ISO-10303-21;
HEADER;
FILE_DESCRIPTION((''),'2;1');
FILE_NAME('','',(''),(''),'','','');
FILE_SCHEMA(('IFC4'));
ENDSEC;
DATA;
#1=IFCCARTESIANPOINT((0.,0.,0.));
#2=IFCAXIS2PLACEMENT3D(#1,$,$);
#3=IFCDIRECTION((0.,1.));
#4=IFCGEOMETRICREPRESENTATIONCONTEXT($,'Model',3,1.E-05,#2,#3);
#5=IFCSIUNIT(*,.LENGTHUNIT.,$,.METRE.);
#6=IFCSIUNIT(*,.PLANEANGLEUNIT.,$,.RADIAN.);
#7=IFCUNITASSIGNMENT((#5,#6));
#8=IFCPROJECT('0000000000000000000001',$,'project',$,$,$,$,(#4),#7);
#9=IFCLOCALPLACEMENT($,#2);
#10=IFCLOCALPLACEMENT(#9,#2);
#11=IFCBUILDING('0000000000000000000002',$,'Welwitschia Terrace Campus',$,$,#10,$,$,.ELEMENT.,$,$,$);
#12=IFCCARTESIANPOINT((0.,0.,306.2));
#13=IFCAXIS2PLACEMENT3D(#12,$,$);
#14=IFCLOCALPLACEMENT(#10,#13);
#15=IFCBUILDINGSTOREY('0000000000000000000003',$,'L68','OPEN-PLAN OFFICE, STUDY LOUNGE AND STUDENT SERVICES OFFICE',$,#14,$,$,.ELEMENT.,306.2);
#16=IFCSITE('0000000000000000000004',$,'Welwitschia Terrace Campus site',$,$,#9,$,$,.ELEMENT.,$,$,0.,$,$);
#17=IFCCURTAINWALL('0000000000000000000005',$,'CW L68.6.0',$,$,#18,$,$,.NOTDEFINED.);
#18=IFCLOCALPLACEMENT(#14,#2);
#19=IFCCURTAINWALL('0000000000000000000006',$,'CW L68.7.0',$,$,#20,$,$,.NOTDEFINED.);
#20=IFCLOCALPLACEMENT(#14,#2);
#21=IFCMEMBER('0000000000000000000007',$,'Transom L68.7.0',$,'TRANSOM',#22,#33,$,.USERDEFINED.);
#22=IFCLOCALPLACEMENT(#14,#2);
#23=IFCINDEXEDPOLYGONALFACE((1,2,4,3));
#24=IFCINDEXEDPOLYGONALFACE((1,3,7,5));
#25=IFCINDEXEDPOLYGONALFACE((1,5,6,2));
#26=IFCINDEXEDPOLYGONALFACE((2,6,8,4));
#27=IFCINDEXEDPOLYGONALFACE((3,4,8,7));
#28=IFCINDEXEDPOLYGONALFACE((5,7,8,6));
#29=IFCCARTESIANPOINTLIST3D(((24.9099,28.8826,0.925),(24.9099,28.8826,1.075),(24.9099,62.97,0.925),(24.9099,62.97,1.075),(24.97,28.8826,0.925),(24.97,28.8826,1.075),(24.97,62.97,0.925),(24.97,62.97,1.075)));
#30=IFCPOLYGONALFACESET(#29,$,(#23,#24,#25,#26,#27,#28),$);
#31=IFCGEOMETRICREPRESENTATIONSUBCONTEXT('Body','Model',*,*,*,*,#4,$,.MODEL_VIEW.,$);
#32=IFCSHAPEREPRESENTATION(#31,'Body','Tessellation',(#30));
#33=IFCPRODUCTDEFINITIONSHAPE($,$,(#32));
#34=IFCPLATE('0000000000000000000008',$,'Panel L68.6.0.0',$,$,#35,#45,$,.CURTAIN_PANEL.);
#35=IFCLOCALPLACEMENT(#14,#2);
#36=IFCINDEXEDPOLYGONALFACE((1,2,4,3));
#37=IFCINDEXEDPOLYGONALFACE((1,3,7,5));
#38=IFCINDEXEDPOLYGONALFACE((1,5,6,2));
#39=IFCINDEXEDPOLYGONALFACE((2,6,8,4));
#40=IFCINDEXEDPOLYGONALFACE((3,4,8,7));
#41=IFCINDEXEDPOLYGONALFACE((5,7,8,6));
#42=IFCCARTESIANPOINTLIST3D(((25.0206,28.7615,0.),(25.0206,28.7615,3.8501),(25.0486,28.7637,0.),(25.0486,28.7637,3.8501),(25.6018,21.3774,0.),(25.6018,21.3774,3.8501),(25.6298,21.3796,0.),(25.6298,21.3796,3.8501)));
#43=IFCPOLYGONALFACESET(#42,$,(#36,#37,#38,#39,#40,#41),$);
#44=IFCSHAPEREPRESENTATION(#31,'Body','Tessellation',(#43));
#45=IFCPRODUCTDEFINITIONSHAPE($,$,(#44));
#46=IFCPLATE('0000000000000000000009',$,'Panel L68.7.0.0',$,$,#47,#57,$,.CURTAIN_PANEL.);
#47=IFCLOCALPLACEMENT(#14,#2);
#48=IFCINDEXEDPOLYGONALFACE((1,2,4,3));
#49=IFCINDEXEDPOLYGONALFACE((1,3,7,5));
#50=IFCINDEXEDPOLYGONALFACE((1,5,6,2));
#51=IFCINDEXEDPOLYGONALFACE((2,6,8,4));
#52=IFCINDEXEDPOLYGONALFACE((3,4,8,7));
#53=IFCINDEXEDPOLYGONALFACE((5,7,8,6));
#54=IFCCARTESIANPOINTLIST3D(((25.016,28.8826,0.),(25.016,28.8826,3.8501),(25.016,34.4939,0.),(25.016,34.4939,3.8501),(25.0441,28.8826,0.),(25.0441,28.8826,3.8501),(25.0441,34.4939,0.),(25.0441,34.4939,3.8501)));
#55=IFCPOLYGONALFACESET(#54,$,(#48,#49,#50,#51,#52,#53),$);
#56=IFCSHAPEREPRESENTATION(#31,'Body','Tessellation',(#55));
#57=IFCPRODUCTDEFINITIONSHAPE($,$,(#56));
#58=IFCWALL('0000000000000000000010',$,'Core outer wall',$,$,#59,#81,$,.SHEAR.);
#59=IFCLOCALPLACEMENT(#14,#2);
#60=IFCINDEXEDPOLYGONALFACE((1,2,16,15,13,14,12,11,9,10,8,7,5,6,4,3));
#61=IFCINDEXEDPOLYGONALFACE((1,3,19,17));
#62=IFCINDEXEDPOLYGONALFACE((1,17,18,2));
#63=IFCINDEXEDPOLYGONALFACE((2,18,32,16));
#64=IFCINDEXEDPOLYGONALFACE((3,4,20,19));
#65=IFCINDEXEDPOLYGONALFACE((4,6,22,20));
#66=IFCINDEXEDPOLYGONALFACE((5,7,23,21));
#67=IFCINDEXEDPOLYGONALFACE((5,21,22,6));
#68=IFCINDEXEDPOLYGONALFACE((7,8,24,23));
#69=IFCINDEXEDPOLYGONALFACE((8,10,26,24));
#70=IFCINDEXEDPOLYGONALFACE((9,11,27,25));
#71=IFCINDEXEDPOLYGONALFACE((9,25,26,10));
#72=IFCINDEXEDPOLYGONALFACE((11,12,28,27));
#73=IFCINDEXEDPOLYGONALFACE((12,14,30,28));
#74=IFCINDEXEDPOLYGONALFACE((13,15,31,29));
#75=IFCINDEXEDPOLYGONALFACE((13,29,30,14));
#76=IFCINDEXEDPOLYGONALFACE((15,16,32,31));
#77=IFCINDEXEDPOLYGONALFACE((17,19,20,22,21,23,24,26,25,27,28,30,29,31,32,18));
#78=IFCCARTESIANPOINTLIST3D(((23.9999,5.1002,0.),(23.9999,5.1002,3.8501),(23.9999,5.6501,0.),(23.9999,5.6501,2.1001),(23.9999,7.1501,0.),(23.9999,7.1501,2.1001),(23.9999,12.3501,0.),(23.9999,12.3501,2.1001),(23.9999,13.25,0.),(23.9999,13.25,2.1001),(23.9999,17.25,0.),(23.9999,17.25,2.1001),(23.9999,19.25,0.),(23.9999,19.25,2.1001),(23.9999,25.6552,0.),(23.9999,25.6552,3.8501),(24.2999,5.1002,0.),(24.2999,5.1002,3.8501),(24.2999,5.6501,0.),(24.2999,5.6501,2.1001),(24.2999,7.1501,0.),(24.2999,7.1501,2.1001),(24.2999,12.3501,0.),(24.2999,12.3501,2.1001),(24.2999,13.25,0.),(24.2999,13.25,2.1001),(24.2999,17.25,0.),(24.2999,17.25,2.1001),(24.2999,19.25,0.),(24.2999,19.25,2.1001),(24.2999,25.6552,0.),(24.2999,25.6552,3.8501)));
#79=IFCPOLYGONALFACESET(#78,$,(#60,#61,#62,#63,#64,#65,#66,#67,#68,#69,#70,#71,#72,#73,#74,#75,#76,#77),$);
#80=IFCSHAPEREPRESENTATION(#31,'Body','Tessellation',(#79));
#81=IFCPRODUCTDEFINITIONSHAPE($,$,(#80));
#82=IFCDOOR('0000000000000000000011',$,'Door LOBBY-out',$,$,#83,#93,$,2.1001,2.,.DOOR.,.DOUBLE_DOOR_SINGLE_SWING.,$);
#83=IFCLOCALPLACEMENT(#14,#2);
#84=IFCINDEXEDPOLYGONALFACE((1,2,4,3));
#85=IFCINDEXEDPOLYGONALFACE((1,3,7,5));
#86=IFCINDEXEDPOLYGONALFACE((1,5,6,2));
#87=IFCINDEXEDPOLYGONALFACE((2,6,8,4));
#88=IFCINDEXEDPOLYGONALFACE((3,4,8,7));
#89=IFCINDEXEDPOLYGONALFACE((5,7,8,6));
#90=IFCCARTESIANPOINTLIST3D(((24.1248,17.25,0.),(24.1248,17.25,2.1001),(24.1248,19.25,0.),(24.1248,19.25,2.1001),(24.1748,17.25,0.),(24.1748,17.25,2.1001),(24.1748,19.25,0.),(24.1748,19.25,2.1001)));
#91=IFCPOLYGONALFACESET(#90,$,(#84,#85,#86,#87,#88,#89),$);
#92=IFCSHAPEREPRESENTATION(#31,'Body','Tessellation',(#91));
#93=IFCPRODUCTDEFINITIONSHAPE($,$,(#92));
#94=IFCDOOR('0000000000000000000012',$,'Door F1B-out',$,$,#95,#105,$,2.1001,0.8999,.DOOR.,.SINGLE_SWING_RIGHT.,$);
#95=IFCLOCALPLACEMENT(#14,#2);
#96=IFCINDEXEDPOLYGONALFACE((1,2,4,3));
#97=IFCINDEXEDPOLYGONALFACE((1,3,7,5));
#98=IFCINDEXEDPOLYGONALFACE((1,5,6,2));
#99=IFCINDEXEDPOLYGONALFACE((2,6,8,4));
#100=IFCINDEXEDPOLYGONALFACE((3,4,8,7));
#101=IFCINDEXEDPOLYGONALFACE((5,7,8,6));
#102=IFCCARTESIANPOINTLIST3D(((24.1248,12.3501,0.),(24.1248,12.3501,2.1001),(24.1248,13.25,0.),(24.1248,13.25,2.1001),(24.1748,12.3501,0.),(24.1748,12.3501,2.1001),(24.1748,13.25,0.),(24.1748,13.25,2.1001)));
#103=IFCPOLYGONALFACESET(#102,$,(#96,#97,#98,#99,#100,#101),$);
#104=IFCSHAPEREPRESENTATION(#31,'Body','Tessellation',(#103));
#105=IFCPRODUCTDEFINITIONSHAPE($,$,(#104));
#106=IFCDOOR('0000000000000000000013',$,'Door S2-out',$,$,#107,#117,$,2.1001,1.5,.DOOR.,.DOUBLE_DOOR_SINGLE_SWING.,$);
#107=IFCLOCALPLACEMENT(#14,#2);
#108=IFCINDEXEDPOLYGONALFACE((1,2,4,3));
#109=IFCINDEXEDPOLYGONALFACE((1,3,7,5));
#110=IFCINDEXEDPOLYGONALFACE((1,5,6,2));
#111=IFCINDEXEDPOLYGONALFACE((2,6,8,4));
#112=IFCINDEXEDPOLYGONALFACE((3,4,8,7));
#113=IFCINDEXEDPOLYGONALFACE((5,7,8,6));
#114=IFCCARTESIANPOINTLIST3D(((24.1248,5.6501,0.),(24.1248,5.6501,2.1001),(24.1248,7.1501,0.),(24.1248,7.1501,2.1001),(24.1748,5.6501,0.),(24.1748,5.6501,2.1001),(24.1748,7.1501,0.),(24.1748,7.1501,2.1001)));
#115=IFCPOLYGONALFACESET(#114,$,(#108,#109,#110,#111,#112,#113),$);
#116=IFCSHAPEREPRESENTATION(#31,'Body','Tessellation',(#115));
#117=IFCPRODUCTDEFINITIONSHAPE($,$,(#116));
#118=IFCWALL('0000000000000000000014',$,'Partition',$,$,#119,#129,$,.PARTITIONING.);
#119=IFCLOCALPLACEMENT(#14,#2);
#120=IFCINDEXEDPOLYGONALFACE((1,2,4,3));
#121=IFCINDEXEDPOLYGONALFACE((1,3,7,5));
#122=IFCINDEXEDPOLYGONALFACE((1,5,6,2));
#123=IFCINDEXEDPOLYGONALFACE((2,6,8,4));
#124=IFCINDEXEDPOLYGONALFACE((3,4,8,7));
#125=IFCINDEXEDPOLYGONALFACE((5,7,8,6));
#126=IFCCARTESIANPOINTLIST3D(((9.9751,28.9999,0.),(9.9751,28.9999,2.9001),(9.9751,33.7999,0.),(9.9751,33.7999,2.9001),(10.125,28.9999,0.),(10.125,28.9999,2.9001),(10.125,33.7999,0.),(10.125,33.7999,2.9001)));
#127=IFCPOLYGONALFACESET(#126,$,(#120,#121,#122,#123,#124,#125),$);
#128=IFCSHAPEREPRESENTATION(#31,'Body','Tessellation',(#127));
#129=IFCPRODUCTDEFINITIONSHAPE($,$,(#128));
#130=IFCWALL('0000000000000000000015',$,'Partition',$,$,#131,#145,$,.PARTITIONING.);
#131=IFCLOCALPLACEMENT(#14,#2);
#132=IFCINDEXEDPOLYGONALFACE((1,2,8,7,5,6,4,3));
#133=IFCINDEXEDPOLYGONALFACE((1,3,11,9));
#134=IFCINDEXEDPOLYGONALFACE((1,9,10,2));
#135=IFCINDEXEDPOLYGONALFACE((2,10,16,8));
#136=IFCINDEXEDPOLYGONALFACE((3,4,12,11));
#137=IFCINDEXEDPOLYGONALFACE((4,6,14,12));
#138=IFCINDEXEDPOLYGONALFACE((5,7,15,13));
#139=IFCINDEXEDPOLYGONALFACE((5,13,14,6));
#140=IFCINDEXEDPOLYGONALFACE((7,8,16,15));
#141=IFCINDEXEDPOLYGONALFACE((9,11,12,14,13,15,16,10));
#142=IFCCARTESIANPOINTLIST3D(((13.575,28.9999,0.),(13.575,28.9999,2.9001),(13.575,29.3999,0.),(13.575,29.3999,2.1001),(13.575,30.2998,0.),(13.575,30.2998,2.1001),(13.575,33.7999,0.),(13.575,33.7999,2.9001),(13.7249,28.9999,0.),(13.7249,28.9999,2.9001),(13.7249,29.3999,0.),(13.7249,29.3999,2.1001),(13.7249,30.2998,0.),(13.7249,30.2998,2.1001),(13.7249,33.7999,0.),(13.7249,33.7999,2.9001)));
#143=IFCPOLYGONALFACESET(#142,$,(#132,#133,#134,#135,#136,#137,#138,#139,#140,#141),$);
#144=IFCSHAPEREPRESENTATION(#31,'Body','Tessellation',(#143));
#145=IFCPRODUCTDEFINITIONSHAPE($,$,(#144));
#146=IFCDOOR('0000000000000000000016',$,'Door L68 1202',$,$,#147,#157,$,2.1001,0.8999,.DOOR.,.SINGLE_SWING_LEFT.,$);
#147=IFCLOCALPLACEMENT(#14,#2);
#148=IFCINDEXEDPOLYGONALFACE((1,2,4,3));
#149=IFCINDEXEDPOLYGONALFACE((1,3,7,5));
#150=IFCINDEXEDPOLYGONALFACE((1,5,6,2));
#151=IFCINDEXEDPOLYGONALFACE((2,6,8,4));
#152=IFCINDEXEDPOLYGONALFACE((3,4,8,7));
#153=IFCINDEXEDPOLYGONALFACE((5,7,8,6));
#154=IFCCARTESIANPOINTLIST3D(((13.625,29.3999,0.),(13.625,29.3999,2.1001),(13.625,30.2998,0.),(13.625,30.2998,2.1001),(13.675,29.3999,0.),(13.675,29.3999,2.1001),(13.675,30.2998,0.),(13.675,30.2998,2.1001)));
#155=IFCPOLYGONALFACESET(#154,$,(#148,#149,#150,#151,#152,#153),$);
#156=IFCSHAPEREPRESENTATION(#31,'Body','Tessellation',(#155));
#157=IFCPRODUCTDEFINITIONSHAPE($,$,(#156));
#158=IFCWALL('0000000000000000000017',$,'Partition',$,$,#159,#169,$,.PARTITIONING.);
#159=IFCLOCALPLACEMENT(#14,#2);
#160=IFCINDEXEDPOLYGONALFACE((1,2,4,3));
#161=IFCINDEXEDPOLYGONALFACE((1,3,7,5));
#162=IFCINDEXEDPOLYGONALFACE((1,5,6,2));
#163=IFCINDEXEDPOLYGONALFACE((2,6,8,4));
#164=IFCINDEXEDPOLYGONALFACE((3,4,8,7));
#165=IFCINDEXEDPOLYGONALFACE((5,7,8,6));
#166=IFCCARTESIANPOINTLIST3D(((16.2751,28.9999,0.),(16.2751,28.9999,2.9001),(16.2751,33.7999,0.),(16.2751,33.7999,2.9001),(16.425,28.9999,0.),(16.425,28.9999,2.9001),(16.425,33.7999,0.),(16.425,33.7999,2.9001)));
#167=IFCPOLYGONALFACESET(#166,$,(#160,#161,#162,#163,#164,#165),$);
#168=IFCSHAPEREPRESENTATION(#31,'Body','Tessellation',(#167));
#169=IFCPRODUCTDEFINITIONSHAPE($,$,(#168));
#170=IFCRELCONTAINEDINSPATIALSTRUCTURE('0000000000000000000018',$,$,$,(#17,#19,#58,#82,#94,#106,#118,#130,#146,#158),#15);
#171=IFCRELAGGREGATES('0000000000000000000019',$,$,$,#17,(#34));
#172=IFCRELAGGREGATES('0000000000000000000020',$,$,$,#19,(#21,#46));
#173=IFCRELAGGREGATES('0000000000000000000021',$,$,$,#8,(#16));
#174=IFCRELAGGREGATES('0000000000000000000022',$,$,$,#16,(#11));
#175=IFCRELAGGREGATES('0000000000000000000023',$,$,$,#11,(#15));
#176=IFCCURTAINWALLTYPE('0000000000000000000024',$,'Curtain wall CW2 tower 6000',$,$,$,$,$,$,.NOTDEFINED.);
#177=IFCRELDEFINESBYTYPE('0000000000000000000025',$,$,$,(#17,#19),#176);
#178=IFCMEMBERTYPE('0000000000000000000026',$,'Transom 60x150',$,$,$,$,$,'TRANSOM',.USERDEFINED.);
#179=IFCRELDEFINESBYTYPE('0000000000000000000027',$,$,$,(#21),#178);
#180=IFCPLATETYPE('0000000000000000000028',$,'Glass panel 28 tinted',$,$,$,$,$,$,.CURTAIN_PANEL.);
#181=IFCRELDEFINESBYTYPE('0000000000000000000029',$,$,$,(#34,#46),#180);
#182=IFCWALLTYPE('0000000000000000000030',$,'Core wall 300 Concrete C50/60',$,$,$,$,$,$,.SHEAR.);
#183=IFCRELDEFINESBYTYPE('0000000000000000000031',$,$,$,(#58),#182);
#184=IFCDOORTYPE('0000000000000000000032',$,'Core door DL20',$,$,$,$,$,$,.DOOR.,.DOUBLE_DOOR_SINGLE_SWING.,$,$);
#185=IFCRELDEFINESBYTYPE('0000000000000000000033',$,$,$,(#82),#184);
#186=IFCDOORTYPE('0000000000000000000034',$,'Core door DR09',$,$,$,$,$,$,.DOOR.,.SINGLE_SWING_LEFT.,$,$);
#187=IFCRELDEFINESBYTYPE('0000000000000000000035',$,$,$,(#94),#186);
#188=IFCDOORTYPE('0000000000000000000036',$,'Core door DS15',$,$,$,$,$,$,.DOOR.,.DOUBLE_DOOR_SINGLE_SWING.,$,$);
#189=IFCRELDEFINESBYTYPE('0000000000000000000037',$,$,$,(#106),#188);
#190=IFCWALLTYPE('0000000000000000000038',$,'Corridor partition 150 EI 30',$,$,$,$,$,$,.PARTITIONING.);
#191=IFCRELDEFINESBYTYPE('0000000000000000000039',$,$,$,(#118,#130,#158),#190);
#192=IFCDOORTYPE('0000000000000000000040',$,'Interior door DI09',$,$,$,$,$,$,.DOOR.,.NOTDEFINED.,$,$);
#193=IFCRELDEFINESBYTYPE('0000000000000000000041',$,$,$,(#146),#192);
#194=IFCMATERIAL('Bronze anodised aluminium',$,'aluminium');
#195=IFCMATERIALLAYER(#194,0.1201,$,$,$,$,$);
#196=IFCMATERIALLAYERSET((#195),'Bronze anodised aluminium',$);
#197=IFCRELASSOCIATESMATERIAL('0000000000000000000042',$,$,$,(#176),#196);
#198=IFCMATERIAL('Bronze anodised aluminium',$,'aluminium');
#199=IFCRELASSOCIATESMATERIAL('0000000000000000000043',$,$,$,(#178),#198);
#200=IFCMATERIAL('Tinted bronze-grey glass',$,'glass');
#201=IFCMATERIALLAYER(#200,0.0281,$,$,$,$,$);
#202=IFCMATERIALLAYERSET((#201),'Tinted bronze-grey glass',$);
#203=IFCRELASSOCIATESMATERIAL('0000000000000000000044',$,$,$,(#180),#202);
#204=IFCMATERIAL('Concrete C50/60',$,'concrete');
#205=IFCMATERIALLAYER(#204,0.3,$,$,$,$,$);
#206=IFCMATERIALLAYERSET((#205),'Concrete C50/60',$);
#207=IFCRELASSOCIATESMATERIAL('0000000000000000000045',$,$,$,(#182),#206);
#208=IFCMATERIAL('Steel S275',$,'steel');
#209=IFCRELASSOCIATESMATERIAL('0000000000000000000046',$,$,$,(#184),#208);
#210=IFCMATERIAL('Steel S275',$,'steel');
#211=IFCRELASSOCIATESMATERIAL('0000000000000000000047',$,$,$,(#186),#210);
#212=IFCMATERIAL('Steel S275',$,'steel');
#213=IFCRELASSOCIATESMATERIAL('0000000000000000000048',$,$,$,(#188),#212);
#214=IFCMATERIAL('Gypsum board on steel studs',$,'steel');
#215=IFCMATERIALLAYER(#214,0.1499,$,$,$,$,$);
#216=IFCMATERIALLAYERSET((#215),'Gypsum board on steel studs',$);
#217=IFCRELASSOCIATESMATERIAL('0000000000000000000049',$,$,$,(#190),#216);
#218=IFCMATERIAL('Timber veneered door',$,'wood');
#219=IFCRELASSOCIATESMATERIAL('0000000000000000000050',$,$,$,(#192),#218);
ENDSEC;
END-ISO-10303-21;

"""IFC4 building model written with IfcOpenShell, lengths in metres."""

from ifc_helpers import new_model, si_unit, direction, frame, frame_2d, origin, origin_2d, place, context, subcontext, project, spatial, rectangle, extrude, material, layer, layer_set, material_profile, profile_set, type_object, element, fill, aggregate, save


model = new_model("IFC4")

# Units and contexts
model_context = context("Model", 3, precision=1e-05, world=origin(), true_north=direction((0.0, 1.0)))
body_context = subcontext(model_context, "Body", "Model", "MODEL_VIEW")
ifc_project = project(units=[si_unit("LENGTHUNIT", "METRE"), si_unit("PLANEANGLEUNIT", "RADIAN")], contexts=[model_context])

# Site, building, storey
site_placement = place(None, origin())
site = spatial("IfcSite", under=ifc_project, at=site_placement, Name="Welwitschia Terrace Campus site", CompositionType="ELEMENT", RefElevation=0.0)
building_placement = place(site_placement, origin())
building = spatial("IfcBuilding", under=site, at=building_placement, Name="Welwitschia Terrace Campus", CompositionType="ELEMENT")
storey_placement = place(building_placement, frame((0.0, 0.0, 306.2)))
storey = spatial("IfcBuildingStorey", under=building, at=storey_placement, Name="L68", Description="OPEN-PLAN OFFICE, STUDY LOUNGE AND STUDENT SERVICES OFFICE", CompositionType="ELEMENT", Elevation=306.2)

# Curtain walls
ifc_material_1 = material(Name="Bronze anodised aluminium", Category="aluminium")
ifc_layer_1 = layer(ifc_material_1, 0.1201)
ifc_layer_set_1 = layer_set([ifc_layer_1], Name="Bronze anodised aluminium")
curtain_wall_type = type_object("IfcCurtainWallType", Name="Curtain wall CW2 tower 6000", PredefinedType="NOTDEFINED", material=ifc_layer_set_1)
curtain_wall_1_placement = place(storey_placement, origin())
curtain_wall_1 = element("IfcCurtainWall", 1, at=curtain_wall_1_placement, inside=storey, type_object=curtain_wall_type, Name="CW L68.6.0", PredefinedType="NOTDEFINED")
curtain_wall_2_placement = place(storey_placement, origin())
curtain_wall_2 = element("IfcCurtainWall", 2, at=curtain_wall_2_placement, inside=storey, type_object=curtain_wall_type, Name="CW L68.7.0", PredefinedType="NOTDEFINED")

# Member
ifc_material_2 = material(Name="Bronze anodised aluminium", Category="aluminium")
ifc_material_profile_1 = material_profile(ifc_material_2, rectangle(XDim=0.0601, YDim=0.1499, at=origin_2d()))
ifc_profile_set_1 = profile_set([ifc_material_profile_1], Name="Bronze anodised aluminium")
member_type_1 = type_object("IfcMemberType", Name="Transom 60x150", ElementType="TRANSOM", PredefinedType="USERDEFINED", material=ifc_profile_set_1)
member_1_placement = place(storey_placement, frame((24.9399, 28.8826, 1.0), z_axis=(0.0, 1.0, 0.0), x_axis=(-1.0, 0.0, 0.0)))
member_1 = element("IfcMember", 3, at=member_1_placement, type_object=member_type_1, Name="Transom L68.7.0", ObjectType="TRANSOM", PredefinedType="USERDEFINED", context=body_context, shape_type="SweptSolid", body=[
    extrude(rectangle(XDim=0.0601, YDim=0.1499, at=origin_2d()), origin(), (0.0, 0.0, 1.0), 34.0874),
])

# Plates
ifc_material_3 = material(Name="Tinted bronze-grey glass", Category="glass")
ifc_layer_2 = layer(ifc_material_3, 0.0281)
ifc_layer_set_2 = layer_set([ifc_layer_2], Name="Tinted bronze-grey glass")
plate_type = type_object("IfcPlateType", Name="Glass panel 28 tinted", PredefinedType="CURTAIN_PANEL", material=ifc_layer_set_2)
plate_1_placement = place(storey_placement, frame((25.3252, 25.0706, 0.0), z_axis=(0.0, 0.0, 1.0), x_axis=(-0.078459, 0.996917, 0.0)))
plate_1 = element("IfcPlate", 4, at=plate_1_placement, type_object=plate_type, Name="Panel L68.6.0.0", PredefinedType="CURTAIN_PANEL", context=body_context, shape_type="SweptSolid", body=[
    extrude(rectangle(XDim=7.407, YDim=0.0281, at=origin_2d()), origin(), (0.0, 0.0, 1.0), 3.8501),
])
aggregate(curtain_wall_1, [plate_1])
plate_2_placement = place(storey_placement, frame((25.03, 31.6882, 0.0), z_axis=(0.0, 0.0, 1.0), x_axis=(0.0, 1.0, 0.0)))
plate_2 = element("IfcPlate", 5, at=plate_2_placement, type_object=plate_type, Name="Panel L68.7.0.0", PredefinedType="CURTAIN_PANEL", context=body_context, shape_type="SweptSolid", body=[
    extrude(rectangle(XDim=5.6113, YDim=0.0281, at=origin_2d()), origin(), (0.0, 0.0, 1.0), 3.8501),
])
aggregate(curtain_wall_2, [member_1, plate_2])

# Wall, openings, doors
ifc_material_4 = material(Name="Concrete C50/60", Category="concrete")
ifc_layer_3 = layer(ifc_material_4, 0.3)
ifc_layer_set_3 = layer_set([ifc_layer_3], Name="Concrete C50/60")
wall_type_1 = type_object("IfcWallType", Name="Core wall 300 Concrete C50/60", PredefinedType="SHEAR", material=ifc_layer_set_3)
wall_1_placement = place(storey_placement, frame((24.1499, 25.655, 0.0), z_axis=(0.0, 0.0, 1.0), x_axis=(0.0, -1.0, 0.0)))
wall_1 = element("IfcWall", 6, at=wall_1_placement, inside=storey, type_object=wall_type_1, Name="Core outer wall", PredefinedType="SHEAR", context=body_context, shape_type="SweptSolid", body=[
    extrude(rectangle(XDim=20.5549, YDim=0.3, at=frame_2d((10.2773, 0.0))), origin(), (0.0, 0.0, 1.0), 3.8501),
])
opening_1_placement = place(wall_1_placement, frame((18.5049, 0.0, 0.0)))
opening_1 = element("IfcOpeningElement", 7, at=opening_1_placement, cuts=wall_1, PredefinedType="OPENING", context=body_context, shape_type="SweptSolid", body=[
    extrude(rectangle(XDim=1.5, YDim=2.1001, at=frame_2d((0.75, 1.05))), frame((0.0, 0.1599, 0.0), z_axis=(0.0, -1.0, 0.0), x_axis=(1.0, 0.0, 0.0)), (0.0, 0.0, 1.0), 0.3201),
])
opening_2_placement = place(wall_1_placement, frame((12.405, 0.0, 0.0)))
opening_2 = element("IfcOpeningElement", 8, at=opening_2_placement, cuts=wall_1, PredefinedType="OPENING", context=body_context, shape_type="SweptSolid", body=[
    extrude(rectangle(XDim=0.8999, YDim=2.1001, at=frame_2d((0.45, 1.05))), frame((0.0, 0.1599, 0.0), z_axis=(0.0, -1.0, 0.0), x_axis=(1.0, 0.0, 0.0)), (0.0, 0.0, 1.0), 0.3201),
])
opening_3_placement = place(wall_1_placement, frame((6.405, 0.0, 0.0)))
opening_3 = element("IfcOpeningElement", 9, at=opening_3_placement, cuts=wall_1, PredefinedType="OPENING", context=body_context, shape_type="SweptSolid", body=[
    extrude(rectangle(XDim=2.0, YDim=2.1001, at=frame_2d((1.0, 1.05))), frame((0.0, 0.1599, 0.0), z_axis=(0.0, -1.0, 0.0), x_axis=(1.0, 0.0, 0.0)), (0.0, 0.0, 1.0), 0.3201),
])
ifc_material_5 = material(Name="Steel S275", Category="steel")
door_type_1 = type_object("IfcDoorType", Name="Core door DL20", OperationType="DOUBLE_DOOR_SINGLE_SWING", PredefinedType="DOOR", material=ifc_material_5)
door_1_placement = place(opening_3_placement, origin())
door_1 = element("IfcDoor", 10, at=door_1_placement, inside=storey, type_object=door_type_1, Name="Door LOBBY-out", OperationType="DOUBLE_DOOR_SINGLE_SWING", OverallHeight=2.1001, OverallWidth=2.0, PredefinedType="DOOR", context=body_context, shape_type="SweptSolid", body=[
    extrude(rectangle(XDim=2.0, YDim=2.1001, at=frame_2d((1.0, 1.05))), frame((0.0, 0.0249, 0.0), z_axis=(0.0, -1.0, 0.0), x_axis=(1.0, 0.0, 0.0)), (0.0, 0.0, 1.0), 0.05),
])
fill(opening_3, door_1)
ifc_material_6 = material(Name="Steel S275", Category="steel")
door_type_2 = type_object("IfcDoorType", Name="Core door DR09", OperationType="SINGLE_SWING_LEFT", PredefinedType="DOOR", material=ifc_material_6)
door_2_placement = place(opening_2_placement, origin())
door_2 = element("IfcDoor", 11, at=door_2_placement, inside=storey, type_object=door_type_2, Name="Door F1B-out", OperationType="SINGLE_SWING_RIGHT", OverallHeight=2.1001, OverallWidth=0.8999, PredefinedType="DOOR", context=body_context, shape_type="SweptSolid", body=[
    extrude(rectangle(XDim=0.8999, YDim=2.1001, at=frame_2d((0.45, 1.05))), frame((0.0, 0.0249, 0.0), z_axis=(0.0, -1.0, 0.0), x_axis=(1.0, 0.0, 0.0)), (0.0, 0.0, 1.0), 0.05),
])
fill(opening_2, door_2)
ifc_material_7 = material(Name="Steel S275", Category="steel")
door_type_3 = type_object("IfcDoorType", Name="Core door DS15", OperationType="DOUBLE_DOOR_SINGLE_SWING", PredefinedType="DOOR", material=ifc_material_7)
door_3_placement = place(opening_1_placement, origin())
door_3 = element("IfcDoor", 12, at=door_3_placement, inside=storey, type_object=door_type_3, Name="Door S2-out", OperationType="DOUBLE_DOOR_SINGLE_SWING", OverallHeight=2.1001, OverallWidth=1.5, PredefinedType="DOOR", context=body_context, shape_type="SweptSolid", body=[
    extrude(rectangle(XDim=1.5, YDim=2.1001, at=frame_2d((0.75, 1.05))), frame((0.0, 0.0249, 0.0), z_axis=(0.0, -1.0, 0.0), x_axis=(1.0, 0.0, 0.0)), (0.0, 0.0, 1.0), 0.05),
])
fill(opening_1, door_3)

# Wall
ifc_material_8 = material(Name="Gypsum board on steel studs", Category="steel")
ifc_layer_4 = layer(ifc_material_8, 0.1499)
ifc_layer_set_4 = layer_set([ifc_layer_4], Name="Gypsum board on steel studs")
wall_type_2 = type_object("IfcWallType", Name="Corridor partition 150 EI 30", PredefinedType="PARTITIONING", material=ifc_layer_set_4)
wall_2_placement = place(storey_placement, frame((10.05, 29.0, 0.0), z_axis=(0.0, 0.0, 1.0), x_axis=(0.0, 1.0, 0.0)))
element("IfcWall", 13, at=wall_2_placement, inside=storey, type_object=wall_type_2, Name="Partition", PredefinedType="PARTITIONING", context=body_context, shape_type="SweptSolid", body=[
    extrude(rectangle(XDim=4.8, YDim=0.1499, at=frame_2d((2.3999, 0.0))), origin(), (0.0, 0.0, 1.0), 2.9001),
])

# Wall, opening, door
wall_3_placement = place(storey_placement, frame((13.6499, 29.0, 0.0), z_axis=(0.0, 0.0, 1.0), x_axis=(0.0, 1.0, 0.0)))
wall_3 = element("IfcWall", 14, at=wall_3_placement, inside=storey, type_object=wall_type_2, Name="Partition", PredefinedType="PARTITIONING", context=body_context, shape_type="SweptSolid", body=[
    extrude(rectangle(XDim=4.8, YDim=0.1499, at=frame_2d((2.3999, 0.0))), origin(), (0.0, 0.0, 1.0), 2.9001),
])
opening_4_placement = place(wall_3_placement, frame((0.3999, 0.0, 0.0)))
opening_4 = element("IfcOpeningElement", 15, at=opening_4_placement, cuts=wall_3, PredefinedType="OPENING", context=body_context, shape_type="SweptSolid", body=[
    extrude(rectangle(XDim=0.8999, YDim=2.1001, at=frame_2d((0.45, 1.05))), frame((0.0, 0.085, 0.0), z_axis=(0.0, -1.0, 0.0), x_axis=(1.0, 0.0, 0.0)), (0.0, 0.0, 1.0), 0.1699),
])
ifc_material_9 = material(Name="Timber veneered door", Category="wood")
door_type_4 = type_object("IfcDoorType", Name="Interior door DI09", OperationType="NOTDEFINED", PredefinedType="DOOR", material=ifc_material_9)
door_4_placement = place(opening_4_placement, origin())
door_4 = element("IfcDoor", 16, at=door_4_placement, inside=storey, type_object=door_type_4, Name="Door L68 1202", OperationType="SINGLE_SWING_LEFT", OverallHeight=2.1001, OverallWidth=0.8999, PredefinedType="DOOR", context=body_context, shape_type="SweptSolid", body=[
    extrude(rectangle(XDim=0.8999, YDim=2.1001, at=frame_2d((0.45, 1.05))), frame((0.0, 0.0249, 0.0), z_axis=(0.0, -1.0, 0.0), x_axis=(1.0, 0.0, 0.0)), (0.0, 0.0, 1.0), 0.05),
])
fill(opening_4, door_4)

# Wall
wall_4_placement = place(storey_placement, frame((16.3501, 29.0, 0.0), z_axis=(0.0, 0.0, 1.0), x_axis=(0.0, 1.0, 0.0)))
element("IfcWall", 17, at=wall_4_placement, inside=storey, type_object=wall_type_2, Name="Partition", PredefinedType="PARTITIONING", context=body_context, shape_type="SweptSolid", body=[
    extrude(rectangle(XDim=4.8, YDim=0.1499, at=frame_2d((2.3999, 0.0))), origin(), (0.0, 0.0, 1.0), 2.9001),
])

save(model, "model.ifc")
